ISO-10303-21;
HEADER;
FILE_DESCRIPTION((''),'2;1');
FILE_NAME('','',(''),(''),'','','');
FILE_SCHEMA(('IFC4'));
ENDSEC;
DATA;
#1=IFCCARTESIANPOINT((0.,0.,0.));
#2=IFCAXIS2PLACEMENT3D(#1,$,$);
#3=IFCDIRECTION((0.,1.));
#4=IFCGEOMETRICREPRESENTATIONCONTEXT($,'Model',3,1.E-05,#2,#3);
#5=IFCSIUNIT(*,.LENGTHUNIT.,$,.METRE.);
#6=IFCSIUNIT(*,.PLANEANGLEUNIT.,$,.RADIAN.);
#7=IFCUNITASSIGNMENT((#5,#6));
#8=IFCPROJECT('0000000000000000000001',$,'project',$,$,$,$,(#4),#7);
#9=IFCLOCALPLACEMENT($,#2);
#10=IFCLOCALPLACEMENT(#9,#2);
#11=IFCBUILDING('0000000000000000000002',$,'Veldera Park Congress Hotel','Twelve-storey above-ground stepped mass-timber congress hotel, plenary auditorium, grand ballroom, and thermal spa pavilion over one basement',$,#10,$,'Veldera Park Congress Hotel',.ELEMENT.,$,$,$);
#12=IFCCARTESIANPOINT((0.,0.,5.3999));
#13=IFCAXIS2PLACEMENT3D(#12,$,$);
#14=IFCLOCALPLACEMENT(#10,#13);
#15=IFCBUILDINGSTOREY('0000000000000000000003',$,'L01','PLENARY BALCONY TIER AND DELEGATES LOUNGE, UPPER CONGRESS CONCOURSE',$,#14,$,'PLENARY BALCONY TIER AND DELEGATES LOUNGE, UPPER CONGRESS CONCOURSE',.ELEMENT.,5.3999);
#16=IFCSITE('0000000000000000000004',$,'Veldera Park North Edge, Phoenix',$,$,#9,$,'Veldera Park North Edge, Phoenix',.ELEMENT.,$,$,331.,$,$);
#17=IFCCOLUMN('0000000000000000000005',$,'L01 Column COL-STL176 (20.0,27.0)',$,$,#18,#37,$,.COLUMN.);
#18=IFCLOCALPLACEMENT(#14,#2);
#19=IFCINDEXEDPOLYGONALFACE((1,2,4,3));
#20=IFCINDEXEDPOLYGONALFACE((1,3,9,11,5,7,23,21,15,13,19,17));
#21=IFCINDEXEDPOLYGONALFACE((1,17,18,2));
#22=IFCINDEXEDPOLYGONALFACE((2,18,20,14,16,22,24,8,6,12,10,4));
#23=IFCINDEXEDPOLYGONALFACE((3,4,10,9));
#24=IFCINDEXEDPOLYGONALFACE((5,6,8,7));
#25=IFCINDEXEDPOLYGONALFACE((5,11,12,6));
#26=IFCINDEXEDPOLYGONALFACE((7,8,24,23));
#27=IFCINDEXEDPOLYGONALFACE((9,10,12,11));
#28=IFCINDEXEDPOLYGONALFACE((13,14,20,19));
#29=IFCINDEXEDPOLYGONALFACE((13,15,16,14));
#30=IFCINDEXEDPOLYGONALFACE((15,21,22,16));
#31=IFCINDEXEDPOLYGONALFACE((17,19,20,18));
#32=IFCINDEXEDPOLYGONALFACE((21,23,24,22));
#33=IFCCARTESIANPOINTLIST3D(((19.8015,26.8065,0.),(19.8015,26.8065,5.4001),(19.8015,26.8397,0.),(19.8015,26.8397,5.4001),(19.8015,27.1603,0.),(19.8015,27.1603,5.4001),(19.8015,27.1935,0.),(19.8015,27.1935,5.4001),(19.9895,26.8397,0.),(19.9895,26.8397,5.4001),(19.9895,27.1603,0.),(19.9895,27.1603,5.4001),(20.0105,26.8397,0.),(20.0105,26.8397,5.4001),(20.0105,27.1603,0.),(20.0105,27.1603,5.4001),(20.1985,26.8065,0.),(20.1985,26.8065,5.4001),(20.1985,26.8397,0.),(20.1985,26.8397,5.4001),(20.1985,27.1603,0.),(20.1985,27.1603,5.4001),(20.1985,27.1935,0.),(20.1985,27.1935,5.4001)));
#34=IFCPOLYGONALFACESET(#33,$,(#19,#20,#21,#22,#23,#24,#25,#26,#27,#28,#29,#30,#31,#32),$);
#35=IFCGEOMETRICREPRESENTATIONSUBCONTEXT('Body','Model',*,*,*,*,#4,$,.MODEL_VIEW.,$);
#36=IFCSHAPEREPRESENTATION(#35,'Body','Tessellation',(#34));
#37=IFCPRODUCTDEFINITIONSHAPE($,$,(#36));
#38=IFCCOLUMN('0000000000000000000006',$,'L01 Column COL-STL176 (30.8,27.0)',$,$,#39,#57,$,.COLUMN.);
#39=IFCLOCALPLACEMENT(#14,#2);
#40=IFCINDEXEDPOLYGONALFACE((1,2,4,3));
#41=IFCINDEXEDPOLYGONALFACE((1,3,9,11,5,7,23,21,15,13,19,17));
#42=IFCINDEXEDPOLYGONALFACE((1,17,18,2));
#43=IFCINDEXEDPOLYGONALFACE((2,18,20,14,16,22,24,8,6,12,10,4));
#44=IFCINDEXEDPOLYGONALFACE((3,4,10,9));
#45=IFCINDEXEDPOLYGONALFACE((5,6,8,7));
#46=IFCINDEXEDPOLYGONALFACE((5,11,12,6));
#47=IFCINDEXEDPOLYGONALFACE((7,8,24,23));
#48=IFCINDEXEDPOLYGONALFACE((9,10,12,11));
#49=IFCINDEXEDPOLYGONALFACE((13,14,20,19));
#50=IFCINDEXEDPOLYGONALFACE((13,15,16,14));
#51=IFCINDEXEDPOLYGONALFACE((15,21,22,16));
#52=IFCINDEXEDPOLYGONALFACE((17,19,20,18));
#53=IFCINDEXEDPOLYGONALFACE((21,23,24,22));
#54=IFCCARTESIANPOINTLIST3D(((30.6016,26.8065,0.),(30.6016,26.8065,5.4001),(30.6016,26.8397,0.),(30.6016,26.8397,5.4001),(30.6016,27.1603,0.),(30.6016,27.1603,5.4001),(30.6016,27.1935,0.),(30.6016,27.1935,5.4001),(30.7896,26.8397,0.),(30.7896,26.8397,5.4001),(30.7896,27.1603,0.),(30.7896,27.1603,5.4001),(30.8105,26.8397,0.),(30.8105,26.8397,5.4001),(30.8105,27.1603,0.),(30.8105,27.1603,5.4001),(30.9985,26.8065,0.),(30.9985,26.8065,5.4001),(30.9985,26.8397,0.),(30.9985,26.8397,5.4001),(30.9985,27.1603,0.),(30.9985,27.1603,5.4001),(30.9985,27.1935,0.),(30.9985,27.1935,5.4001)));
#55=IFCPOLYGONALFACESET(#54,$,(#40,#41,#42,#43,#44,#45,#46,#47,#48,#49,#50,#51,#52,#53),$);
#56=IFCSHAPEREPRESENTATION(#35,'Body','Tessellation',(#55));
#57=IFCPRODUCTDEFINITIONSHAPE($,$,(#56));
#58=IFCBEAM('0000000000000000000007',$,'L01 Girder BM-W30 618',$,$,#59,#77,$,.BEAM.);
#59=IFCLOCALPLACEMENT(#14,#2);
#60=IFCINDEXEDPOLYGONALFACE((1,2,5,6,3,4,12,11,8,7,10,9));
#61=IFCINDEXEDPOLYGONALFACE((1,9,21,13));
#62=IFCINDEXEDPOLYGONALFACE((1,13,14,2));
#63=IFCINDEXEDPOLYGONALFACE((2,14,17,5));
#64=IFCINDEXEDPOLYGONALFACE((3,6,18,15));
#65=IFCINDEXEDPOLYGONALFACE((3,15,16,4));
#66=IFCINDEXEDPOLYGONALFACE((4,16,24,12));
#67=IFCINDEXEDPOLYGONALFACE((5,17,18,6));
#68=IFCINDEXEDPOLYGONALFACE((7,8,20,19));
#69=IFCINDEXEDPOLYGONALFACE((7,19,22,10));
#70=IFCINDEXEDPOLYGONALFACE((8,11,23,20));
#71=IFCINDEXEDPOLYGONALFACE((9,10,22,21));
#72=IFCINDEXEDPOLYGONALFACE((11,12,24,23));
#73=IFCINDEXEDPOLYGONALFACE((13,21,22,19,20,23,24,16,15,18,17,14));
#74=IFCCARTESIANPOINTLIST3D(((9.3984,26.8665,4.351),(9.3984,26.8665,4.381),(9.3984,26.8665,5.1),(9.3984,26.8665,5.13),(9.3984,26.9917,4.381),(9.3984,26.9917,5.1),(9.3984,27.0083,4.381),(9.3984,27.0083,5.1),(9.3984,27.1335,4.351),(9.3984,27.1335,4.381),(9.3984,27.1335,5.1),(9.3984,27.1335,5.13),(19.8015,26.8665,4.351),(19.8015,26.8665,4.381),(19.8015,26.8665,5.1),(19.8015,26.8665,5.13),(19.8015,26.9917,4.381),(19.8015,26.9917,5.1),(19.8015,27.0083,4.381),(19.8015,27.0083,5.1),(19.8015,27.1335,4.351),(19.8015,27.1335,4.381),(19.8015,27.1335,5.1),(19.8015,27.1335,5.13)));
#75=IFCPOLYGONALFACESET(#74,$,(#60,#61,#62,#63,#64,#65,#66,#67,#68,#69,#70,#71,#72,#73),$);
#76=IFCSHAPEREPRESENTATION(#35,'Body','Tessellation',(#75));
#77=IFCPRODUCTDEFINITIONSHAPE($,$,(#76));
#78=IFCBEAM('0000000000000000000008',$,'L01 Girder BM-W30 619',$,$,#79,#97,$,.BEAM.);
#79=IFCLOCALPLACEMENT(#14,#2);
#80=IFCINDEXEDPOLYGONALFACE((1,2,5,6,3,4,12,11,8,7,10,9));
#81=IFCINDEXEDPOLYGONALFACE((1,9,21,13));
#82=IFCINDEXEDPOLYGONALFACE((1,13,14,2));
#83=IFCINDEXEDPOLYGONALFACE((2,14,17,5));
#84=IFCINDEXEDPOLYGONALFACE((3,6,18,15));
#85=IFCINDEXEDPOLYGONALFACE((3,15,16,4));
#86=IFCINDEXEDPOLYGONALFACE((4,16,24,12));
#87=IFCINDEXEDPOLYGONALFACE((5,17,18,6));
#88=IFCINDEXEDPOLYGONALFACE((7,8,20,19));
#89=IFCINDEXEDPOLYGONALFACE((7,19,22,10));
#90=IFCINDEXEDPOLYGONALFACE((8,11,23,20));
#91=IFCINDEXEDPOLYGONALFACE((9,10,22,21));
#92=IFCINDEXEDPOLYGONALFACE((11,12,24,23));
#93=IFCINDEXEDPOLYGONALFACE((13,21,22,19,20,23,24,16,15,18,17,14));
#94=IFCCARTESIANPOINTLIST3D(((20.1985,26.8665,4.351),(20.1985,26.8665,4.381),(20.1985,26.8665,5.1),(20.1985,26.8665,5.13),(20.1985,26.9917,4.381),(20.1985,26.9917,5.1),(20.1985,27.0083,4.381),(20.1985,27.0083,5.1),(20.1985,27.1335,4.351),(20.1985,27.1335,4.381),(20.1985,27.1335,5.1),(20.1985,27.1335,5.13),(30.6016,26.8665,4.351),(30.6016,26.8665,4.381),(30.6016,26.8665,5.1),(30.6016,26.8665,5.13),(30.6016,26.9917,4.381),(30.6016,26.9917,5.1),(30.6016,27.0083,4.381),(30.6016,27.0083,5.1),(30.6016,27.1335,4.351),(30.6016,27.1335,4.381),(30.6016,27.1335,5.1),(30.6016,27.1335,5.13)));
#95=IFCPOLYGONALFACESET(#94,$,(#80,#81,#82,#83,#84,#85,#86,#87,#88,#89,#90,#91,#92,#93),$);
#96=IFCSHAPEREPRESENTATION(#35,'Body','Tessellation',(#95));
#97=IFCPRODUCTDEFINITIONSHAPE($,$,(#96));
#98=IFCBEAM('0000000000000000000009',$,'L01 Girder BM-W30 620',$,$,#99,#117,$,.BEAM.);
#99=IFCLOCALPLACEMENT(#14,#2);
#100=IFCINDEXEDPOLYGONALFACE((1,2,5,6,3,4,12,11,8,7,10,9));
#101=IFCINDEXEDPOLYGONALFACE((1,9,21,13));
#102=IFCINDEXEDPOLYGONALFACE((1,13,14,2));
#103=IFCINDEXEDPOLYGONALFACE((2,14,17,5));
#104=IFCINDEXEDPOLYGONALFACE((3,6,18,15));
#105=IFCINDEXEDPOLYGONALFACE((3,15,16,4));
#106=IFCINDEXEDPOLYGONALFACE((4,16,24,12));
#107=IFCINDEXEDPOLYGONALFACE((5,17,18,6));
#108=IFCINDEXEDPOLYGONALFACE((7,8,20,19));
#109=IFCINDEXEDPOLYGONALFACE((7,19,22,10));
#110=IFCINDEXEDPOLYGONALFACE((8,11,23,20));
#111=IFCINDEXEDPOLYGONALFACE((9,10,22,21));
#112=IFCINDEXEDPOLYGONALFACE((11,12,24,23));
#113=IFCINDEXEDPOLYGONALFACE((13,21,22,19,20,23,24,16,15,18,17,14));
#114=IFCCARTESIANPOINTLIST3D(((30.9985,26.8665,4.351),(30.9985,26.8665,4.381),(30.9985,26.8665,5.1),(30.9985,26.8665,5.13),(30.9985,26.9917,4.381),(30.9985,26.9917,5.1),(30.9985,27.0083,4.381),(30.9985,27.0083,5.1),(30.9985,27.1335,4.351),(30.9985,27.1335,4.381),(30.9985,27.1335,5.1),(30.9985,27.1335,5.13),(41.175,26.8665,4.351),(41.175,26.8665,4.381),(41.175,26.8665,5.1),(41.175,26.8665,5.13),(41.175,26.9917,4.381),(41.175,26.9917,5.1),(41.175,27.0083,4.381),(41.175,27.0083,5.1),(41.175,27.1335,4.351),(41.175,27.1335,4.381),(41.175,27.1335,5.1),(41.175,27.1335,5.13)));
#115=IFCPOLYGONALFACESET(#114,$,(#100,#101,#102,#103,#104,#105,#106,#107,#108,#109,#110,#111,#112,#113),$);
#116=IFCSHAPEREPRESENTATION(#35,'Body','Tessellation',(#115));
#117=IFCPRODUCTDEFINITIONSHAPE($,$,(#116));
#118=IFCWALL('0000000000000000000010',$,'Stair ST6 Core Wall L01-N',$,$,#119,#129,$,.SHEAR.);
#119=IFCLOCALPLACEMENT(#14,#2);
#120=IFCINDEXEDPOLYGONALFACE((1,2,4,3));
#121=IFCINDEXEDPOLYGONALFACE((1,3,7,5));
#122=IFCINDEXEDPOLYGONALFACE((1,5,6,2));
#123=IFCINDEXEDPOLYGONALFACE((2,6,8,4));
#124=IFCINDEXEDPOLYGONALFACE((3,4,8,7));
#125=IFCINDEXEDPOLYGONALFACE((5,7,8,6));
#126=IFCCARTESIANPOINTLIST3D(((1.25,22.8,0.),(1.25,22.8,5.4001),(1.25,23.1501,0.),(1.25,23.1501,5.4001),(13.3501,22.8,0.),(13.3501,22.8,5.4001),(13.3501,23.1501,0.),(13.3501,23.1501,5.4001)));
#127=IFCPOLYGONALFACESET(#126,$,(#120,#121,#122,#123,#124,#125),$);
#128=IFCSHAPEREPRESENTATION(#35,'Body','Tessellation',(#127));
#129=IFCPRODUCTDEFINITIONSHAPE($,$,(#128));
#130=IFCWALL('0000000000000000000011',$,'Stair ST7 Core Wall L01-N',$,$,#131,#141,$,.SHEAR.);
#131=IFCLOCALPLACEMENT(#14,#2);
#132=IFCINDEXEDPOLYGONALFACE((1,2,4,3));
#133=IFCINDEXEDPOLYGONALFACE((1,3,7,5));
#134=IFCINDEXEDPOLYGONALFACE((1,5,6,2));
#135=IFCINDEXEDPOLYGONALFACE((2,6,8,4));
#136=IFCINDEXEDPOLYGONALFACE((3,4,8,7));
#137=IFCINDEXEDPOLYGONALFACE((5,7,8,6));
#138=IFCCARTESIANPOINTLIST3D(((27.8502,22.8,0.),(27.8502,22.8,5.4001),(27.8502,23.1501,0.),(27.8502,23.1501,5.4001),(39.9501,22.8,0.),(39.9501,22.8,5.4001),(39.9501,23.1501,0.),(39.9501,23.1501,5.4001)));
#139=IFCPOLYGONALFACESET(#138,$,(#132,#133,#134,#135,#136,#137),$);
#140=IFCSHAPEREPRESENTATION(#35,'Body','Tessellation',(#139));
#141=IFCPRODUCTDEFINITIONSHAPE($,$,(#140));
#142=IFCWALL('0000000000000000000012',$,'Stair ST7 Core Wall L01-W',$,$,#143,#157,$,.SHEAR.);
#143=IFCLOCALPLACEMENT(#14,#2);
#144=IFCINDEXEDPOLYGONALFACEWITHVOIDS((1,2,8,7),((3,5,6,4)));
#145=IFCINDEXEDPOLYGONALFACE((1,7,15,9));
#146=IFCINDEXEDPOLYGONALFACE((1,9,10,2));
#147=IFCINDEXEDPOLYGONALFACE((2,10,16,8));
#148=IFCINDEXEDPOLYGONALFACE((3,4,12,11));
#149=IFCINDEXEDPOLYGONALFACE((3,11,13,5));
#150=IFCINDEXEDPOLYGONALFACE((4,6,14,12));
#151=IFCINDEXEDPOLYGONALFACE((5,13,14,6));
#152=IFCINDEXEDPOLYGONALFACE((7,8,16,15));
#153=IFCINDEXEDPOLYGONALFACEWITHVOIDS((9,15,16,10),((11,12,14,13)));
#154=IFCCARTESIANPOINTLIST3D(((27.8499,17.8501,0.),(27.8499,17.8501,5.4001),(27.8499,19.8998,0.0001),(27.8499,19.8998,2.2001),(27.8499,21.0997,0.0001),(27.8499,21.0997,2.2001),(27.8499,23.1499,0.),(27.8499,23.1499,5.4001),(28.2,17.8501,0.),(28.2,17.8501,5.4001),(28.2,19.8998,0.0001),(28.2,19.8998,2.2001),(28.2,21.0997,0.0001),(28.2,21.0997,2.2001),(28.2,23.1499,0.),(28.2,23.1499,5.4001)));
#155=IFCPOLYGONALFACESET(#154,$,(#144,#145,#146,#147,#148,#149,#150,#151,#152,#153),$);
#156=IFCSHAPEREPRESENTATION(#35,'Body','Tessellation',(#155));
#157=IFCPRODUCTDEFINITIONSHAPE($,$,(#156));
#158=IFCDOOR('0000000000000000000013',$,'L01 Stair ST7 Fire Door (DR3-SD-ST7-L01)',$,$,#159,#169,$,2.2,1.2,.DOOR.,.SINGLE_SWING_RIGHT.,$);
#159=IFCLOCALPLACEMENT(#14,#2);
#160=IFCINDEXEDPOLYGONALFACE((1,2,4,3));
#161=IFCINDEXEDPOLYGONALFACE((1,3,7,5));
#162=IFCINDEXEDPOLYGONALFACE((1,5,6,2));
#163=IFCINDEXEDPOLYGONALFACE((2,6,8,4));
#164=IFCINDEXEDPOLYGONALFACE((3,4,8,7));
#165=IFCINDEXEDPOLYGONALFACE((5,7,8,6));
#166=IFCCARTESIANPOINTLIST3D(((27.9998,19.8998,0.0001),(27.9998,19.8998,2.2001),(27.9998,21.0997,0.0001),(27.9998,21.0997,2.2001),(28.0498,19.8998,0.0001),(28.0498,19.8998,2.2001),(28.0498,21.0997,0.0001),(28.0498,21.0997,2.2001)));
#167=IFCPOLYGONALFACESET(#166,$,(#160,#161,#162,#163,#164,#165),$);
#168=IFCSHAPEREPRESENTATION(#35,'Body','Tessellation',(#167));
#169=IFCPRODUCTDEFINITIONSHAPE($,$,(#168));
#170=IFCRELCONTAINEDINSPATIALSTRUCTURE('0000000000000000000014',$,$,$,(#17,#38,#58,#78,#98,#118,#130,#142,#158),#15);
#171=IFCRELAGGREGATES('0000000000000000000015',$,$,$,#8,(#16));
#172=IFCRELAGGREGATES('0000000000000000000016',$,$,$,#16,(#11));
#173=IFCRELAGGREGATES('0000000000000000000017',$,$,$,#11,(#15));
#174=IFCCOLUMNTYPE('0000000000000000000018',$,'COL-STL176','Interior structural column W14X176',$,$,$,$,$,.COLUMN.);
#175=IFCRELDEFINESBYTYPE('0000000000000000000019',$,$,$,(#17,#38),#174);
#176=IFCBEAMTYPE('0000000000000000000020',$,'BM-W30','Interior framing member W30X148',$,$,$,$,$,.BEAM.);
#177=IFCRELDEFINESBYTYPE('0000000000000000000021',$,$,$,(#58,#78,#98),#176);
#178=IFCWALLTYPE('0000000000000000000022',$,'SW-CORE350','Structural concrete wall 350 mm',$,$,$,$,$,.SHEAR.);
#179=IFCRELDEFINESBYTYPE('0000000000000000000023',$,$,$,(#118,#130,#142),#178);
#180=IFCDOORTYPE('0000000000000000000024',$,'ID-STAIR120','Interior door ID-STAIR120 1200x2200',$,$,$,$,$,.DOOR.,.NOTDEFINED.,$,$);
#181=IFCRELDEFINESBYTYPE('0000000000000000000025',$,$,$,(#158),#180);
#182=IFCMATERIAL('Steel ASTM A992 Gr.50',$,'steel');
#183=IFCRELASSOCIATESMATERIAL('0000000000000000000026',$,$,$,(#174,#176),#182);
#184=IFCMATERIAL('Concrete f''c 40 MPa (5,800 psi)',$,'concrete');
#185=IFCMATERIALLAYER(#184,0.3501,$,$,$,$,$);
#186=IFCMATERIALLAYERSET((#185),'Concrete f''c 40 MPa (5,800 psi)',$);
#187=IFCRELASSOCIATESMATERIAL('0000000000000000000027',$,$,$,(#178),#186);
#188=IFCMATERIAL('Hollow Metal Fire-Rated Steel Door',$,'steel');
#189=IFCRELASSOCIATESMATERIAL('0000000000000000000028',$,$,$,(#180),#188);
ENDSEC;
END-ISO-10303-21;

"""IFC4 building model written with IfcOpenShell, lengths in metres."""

from ifc_helpers import new_model, si_unit, direction, frame, frame_2d, origin, origin_2d, place, context, subcontext, project, spatial, rectangle, i_section, extrude, material, layer, layer_set, material_profile, profile_set, type_object, element, fill, save


model = new_model("IFC4")

# Units and contexts
model_context = context("Model", 3, precision=1e-05, world=origin(), true_north=direction((0.0, 1.0)))
body_context = subcontext(model_context, "Body", "Model", "MODEL_VIEW")
ifc_project = project(units=[si_unit("LENGTHUNIT", "METRE"), si_unit("PLANEANGLEUNIT", "RADIAN")], contexts=[model_context])

# Site, building, storey
site_placement = place(None, origin())
site = spatial("IfcSite", under=ifc_project, at=site_placement, Name="Veldera Park North Edge, Phoenix", LongName="Veldera Park North Edge, Phoenix", CompositionType="ELEMENT", RefElevation=331.0)
building_placement = place(site_placement, origin())
building = spatial("IfcBuilding", under=site, at=building_placement, Name="Veldera Park Congress Hotel", Description="Twelve-storey above-ground stepped mass-timber congress hotel, plenary auditorium, grand ballroom, and thermal spa pavilion over one basement", LongName="Veldera Park Congress Hotel", CompositionType="ELEMENT")
storey_placement = place(building_placement, frame((0.0, 0.0, 5.3999)))
storey = spatial("IfcBuildingStorey", under=building, at=storey_placement, Name="L01", Description="PLENARY BALCONY TIER AND DELEGATES LOUNGE, UPPER CONGRESS CONCOURSE", LongName="PLENARY BALCONY TIER AND DELEGATES LOUNGE, UPPER CONGRESS CONCOURSE", CompositionType="ELEMENT", Elevation=5.3999)

# Columns
ifc_material_1 = material(Name="Steel ASTM A992 Gr.50", Category="steel")
ifc_material_profile_1 = material_profile(ifc_material_1, i_section(OverallWidth=0.397, OverallDepth=0.387, WebThickness=0.021, FlangeThickness=0.0332, at=origin_2d()), Name="W14X176")
ifc_profile_set_1 = profile_set([ifc_material_profile_1], Name="Steel ASTM A992 Gr.50")
column_type = type_object("IfcColumnType", Name="COL-STL176", Description="Interior structural column W14X176", PredefinedType="COLUMN", material=ifc_profile_set_1)
for number, where, z_axis, x_axis, name in (
    (1, (20.0, 27.0, 0.0), (0.0, 0.0, 1.0), (1.0, 0.0, 0.0), "L01 Column COL-STL176 (20.0,27.0)"),
    (2, (30.8, 27.0, 0.0), (0.0, 0.0, 1.0), (1.0, 0.0, 0.0), "L01 Column COL-STL176 (30.8,27.0)"),
):
    element("IfcColumn", number, at=place(storey_placement, frame(where, z_axis=z_axis, x_axis=x_axis)), inside=storey, type_object=column_type, Name=name, PredefinedType="COLUMN", context=body_context, shape_type="SweptSolid", body=[
        extrude(i_section(OverallWidth=0.397, OverallDepth=0.387, WebThickness=0.021, FlangeThickness=0.0332, at=origin_2d()), origin(), (0.0, 0.0, 1.0), 5.4001),
    ])

# Beams
ifc_material_profile_2 = material_profile(ifc_material_1, i_section(OverallWidth=0.2671, OverallDepth=0.7791, WebThickness=0.0166, FlangeThickness=0.03, at=origin_2d()), Name="W30X148")
ifc_profile_set_2 = profile_set([ifc_material_profile_2], Name="Steel ASTM A992 Gr.50")
beam_type = type_object("IfcBeamType", Name="BM-W30", Description="Interior framing member W30X148", PredefinedType="BEAM", material=ifc_profile_set_2)
for number, where, z_axis, x_axis, name in (
    (3, (9.3984, 27.0, 4.7405), (1.0, 0.0, 0.0), (0.0, 1.0, 0.0), "L01 Girder BM-W30 618"),
    (4, (20.1985, 27.0, 4.7405), (1.0, 0.0, 0.0), (0.0, 1.0, 0.0), "L01 Girder BM-W30 619"),
):
    element("IfcBeam", number, at=place(storey_placement, frame(where, z_axis=z_axis, x_axis=x_axis)), inside=storey, type_object=beam_type, Name=name, PredefinedType="BEAM", context=body_context, shape_type="SweptSolid", body=[
        extrude(i_section(OverallWidth=0.2671, OverallDepth=0.7791, WebThickness=0.0166, FlangeThickness=0.03, at=origin_2d()), origin(), (0.0, 0.0, 1.0), 10.4031),
    ])
beam_placement = place(storey_placement, frame((30.9985, 27.0, 4.7405), z_axis=(1.0, 0.0, 0.0), x_axis=(0.0, 1.0, 0.0)))
element("IfcBeam", 5, at=beam_placement, inside=storey, type_object=beam_type, Name="L01 Girder BM-W30 620", PredefinedType="BEAM", context=body_context, shape_type="SweptSolid", body=[
    extrude(i_section(OverallWidth=0.2671, OverallDepth=0.7791, WebThickness=0.0166, FlangeThickness=0.03, at=origin_2d()), origin(), (0.0, 0.0, 1.0), 10.1765),
])

# Walls
ifc_material_2 = material(Name="Concrete f'c 40 MPa (5,800 psi)", Category="concrete")
ifc_layer = layer(ifc_material_2, 0.3501)
ifc_layer_set = layer_set([ifc_layer], Name="Concrete f'c 40 MPa (5,800 psi)")
wall_type = type_object("IfcWallType", Name="SW-CORE350", Description="Structural concrete wall 350 mm", PredefinedType="SHEAR", material=ifc_layer_set)
wall_1_placement = place(storey_placement, frame((13.3501, 22.9751, 0.0), z_axis=(0.0, 0.0, 1.0), x_axis=(-1.0, 0.0, 0.0)))
element("IfcWall", 6, at=wall_1_placement, inside=storey, type_object=wall_type, Name="Stair ST6 Core Wall L01-N", PredefinedType="SHEAR", context=body_context, shape_type="SweptSolid", body=[
    extrude(rectangle(XDim=12.1001, YDim=0.3501, at=frame_2d((6.05, 0.0))), origin(), (0.0, 0.0, 1.0), 5.4001),
])
wall_2_placement = place(storey_placement, frame((39.95, 22.9751, 0.0), z_axis=(0.0, 0.0, 1.0), x_axis=(-1.0, 0.0, 0.0)))
element("IfcWall", 7, at=wall_2_placement, inside=storey, type_object=wall_type, Name="Stair ST7 Core Wall L01-N", PredefinedType="SHEAR", context=body_context, shape_type="SweptSolid", body=[
    extrude(rectangle(XDim=12.0999, YDim=0.3501, at=frame_2d((6.0498, 0.0))), origin(), (0.0, 0.0, 1.0), 5.4001),
])

# Wall, opening, door
wall_3_placement = place(storey_placement, frame((28.0249, 23.1499, 0.0), z_axis=(0.0, 0.0, 1.0), x_axis=(0.0, -1.0, 0.0)))
wall_3 = element("IfcWall", 8, at=wall_3_placement, inside=storey, type_object=wall_type, Name="Stair ST7 Core Wall L01-W", PredefinedType="SHEAR", context=body_context, shape_type="SweptSolid", body=[
    extrude(rectangle(XDim=5.2998, YDim=0.3501, at=frame_2d((2.6499, 0.0))), origin(), (0.0, 0.0, 1.0), 5.4001),
])
opening_placement = place(wall_3_placement, frame((2.05, 0.0, 0.0)))
opening = element("IfcOpeningElement", 9, at=opening_placement, cuts=wall_3, PredefinedType="OPENING", context=body_context, shape_type="SweptSolid", body=[
    extrude(rectangle(XDim=1.2, YDim=2.2, at=frame_2d((0.6001, 1.1001))), frame((0.0, 0.187, 0.0), z_axis=(0.0, -1.0, 0.0), x_axis=(1.0, 0.0, 0.0)), (0.0, 0.0, 1.0), 0.374),
])
ifc_material_3 = material(Name="Hollow Metal Fire-Rated Steel Door", Category="steel")
door_type = type_object("IfcDoorType", Name="ID-STAIR120", Description="Interior door ID-STAIR120 1200x2200", OperationType="NOTDEFINED", PredefinedType="DOOR", material=ifc_material_3)
door_placement = place(opening_placement, origin())
door = element("IfcDoor", 10, at=door_placement, inside=storey, type_object=door_type, Name="L01 Stair ST7 Fire Door (DR3-SD-ST7-L01)", OperationType="SINGLE_SWING_RIGHT", OverallHeight=2.2, OverallWidth=1.2, PredefinedType="DOOR", context=body_context, shape_type="SweptSolid", body=[
    extrude(rectangle(XDim=1.2, YDim=2.2, at=frame_2d((0.6001, 1.1001))), frame((0.0, 0.0249, 0.0), z_axis=(0.0, -1.0, 0.0), x_axis=(1.0, 0.0, 0.0)), (0.0, 0.0, 1.0), 0.05),
])
fill(opening, door)

save(model, "model.ifc")
